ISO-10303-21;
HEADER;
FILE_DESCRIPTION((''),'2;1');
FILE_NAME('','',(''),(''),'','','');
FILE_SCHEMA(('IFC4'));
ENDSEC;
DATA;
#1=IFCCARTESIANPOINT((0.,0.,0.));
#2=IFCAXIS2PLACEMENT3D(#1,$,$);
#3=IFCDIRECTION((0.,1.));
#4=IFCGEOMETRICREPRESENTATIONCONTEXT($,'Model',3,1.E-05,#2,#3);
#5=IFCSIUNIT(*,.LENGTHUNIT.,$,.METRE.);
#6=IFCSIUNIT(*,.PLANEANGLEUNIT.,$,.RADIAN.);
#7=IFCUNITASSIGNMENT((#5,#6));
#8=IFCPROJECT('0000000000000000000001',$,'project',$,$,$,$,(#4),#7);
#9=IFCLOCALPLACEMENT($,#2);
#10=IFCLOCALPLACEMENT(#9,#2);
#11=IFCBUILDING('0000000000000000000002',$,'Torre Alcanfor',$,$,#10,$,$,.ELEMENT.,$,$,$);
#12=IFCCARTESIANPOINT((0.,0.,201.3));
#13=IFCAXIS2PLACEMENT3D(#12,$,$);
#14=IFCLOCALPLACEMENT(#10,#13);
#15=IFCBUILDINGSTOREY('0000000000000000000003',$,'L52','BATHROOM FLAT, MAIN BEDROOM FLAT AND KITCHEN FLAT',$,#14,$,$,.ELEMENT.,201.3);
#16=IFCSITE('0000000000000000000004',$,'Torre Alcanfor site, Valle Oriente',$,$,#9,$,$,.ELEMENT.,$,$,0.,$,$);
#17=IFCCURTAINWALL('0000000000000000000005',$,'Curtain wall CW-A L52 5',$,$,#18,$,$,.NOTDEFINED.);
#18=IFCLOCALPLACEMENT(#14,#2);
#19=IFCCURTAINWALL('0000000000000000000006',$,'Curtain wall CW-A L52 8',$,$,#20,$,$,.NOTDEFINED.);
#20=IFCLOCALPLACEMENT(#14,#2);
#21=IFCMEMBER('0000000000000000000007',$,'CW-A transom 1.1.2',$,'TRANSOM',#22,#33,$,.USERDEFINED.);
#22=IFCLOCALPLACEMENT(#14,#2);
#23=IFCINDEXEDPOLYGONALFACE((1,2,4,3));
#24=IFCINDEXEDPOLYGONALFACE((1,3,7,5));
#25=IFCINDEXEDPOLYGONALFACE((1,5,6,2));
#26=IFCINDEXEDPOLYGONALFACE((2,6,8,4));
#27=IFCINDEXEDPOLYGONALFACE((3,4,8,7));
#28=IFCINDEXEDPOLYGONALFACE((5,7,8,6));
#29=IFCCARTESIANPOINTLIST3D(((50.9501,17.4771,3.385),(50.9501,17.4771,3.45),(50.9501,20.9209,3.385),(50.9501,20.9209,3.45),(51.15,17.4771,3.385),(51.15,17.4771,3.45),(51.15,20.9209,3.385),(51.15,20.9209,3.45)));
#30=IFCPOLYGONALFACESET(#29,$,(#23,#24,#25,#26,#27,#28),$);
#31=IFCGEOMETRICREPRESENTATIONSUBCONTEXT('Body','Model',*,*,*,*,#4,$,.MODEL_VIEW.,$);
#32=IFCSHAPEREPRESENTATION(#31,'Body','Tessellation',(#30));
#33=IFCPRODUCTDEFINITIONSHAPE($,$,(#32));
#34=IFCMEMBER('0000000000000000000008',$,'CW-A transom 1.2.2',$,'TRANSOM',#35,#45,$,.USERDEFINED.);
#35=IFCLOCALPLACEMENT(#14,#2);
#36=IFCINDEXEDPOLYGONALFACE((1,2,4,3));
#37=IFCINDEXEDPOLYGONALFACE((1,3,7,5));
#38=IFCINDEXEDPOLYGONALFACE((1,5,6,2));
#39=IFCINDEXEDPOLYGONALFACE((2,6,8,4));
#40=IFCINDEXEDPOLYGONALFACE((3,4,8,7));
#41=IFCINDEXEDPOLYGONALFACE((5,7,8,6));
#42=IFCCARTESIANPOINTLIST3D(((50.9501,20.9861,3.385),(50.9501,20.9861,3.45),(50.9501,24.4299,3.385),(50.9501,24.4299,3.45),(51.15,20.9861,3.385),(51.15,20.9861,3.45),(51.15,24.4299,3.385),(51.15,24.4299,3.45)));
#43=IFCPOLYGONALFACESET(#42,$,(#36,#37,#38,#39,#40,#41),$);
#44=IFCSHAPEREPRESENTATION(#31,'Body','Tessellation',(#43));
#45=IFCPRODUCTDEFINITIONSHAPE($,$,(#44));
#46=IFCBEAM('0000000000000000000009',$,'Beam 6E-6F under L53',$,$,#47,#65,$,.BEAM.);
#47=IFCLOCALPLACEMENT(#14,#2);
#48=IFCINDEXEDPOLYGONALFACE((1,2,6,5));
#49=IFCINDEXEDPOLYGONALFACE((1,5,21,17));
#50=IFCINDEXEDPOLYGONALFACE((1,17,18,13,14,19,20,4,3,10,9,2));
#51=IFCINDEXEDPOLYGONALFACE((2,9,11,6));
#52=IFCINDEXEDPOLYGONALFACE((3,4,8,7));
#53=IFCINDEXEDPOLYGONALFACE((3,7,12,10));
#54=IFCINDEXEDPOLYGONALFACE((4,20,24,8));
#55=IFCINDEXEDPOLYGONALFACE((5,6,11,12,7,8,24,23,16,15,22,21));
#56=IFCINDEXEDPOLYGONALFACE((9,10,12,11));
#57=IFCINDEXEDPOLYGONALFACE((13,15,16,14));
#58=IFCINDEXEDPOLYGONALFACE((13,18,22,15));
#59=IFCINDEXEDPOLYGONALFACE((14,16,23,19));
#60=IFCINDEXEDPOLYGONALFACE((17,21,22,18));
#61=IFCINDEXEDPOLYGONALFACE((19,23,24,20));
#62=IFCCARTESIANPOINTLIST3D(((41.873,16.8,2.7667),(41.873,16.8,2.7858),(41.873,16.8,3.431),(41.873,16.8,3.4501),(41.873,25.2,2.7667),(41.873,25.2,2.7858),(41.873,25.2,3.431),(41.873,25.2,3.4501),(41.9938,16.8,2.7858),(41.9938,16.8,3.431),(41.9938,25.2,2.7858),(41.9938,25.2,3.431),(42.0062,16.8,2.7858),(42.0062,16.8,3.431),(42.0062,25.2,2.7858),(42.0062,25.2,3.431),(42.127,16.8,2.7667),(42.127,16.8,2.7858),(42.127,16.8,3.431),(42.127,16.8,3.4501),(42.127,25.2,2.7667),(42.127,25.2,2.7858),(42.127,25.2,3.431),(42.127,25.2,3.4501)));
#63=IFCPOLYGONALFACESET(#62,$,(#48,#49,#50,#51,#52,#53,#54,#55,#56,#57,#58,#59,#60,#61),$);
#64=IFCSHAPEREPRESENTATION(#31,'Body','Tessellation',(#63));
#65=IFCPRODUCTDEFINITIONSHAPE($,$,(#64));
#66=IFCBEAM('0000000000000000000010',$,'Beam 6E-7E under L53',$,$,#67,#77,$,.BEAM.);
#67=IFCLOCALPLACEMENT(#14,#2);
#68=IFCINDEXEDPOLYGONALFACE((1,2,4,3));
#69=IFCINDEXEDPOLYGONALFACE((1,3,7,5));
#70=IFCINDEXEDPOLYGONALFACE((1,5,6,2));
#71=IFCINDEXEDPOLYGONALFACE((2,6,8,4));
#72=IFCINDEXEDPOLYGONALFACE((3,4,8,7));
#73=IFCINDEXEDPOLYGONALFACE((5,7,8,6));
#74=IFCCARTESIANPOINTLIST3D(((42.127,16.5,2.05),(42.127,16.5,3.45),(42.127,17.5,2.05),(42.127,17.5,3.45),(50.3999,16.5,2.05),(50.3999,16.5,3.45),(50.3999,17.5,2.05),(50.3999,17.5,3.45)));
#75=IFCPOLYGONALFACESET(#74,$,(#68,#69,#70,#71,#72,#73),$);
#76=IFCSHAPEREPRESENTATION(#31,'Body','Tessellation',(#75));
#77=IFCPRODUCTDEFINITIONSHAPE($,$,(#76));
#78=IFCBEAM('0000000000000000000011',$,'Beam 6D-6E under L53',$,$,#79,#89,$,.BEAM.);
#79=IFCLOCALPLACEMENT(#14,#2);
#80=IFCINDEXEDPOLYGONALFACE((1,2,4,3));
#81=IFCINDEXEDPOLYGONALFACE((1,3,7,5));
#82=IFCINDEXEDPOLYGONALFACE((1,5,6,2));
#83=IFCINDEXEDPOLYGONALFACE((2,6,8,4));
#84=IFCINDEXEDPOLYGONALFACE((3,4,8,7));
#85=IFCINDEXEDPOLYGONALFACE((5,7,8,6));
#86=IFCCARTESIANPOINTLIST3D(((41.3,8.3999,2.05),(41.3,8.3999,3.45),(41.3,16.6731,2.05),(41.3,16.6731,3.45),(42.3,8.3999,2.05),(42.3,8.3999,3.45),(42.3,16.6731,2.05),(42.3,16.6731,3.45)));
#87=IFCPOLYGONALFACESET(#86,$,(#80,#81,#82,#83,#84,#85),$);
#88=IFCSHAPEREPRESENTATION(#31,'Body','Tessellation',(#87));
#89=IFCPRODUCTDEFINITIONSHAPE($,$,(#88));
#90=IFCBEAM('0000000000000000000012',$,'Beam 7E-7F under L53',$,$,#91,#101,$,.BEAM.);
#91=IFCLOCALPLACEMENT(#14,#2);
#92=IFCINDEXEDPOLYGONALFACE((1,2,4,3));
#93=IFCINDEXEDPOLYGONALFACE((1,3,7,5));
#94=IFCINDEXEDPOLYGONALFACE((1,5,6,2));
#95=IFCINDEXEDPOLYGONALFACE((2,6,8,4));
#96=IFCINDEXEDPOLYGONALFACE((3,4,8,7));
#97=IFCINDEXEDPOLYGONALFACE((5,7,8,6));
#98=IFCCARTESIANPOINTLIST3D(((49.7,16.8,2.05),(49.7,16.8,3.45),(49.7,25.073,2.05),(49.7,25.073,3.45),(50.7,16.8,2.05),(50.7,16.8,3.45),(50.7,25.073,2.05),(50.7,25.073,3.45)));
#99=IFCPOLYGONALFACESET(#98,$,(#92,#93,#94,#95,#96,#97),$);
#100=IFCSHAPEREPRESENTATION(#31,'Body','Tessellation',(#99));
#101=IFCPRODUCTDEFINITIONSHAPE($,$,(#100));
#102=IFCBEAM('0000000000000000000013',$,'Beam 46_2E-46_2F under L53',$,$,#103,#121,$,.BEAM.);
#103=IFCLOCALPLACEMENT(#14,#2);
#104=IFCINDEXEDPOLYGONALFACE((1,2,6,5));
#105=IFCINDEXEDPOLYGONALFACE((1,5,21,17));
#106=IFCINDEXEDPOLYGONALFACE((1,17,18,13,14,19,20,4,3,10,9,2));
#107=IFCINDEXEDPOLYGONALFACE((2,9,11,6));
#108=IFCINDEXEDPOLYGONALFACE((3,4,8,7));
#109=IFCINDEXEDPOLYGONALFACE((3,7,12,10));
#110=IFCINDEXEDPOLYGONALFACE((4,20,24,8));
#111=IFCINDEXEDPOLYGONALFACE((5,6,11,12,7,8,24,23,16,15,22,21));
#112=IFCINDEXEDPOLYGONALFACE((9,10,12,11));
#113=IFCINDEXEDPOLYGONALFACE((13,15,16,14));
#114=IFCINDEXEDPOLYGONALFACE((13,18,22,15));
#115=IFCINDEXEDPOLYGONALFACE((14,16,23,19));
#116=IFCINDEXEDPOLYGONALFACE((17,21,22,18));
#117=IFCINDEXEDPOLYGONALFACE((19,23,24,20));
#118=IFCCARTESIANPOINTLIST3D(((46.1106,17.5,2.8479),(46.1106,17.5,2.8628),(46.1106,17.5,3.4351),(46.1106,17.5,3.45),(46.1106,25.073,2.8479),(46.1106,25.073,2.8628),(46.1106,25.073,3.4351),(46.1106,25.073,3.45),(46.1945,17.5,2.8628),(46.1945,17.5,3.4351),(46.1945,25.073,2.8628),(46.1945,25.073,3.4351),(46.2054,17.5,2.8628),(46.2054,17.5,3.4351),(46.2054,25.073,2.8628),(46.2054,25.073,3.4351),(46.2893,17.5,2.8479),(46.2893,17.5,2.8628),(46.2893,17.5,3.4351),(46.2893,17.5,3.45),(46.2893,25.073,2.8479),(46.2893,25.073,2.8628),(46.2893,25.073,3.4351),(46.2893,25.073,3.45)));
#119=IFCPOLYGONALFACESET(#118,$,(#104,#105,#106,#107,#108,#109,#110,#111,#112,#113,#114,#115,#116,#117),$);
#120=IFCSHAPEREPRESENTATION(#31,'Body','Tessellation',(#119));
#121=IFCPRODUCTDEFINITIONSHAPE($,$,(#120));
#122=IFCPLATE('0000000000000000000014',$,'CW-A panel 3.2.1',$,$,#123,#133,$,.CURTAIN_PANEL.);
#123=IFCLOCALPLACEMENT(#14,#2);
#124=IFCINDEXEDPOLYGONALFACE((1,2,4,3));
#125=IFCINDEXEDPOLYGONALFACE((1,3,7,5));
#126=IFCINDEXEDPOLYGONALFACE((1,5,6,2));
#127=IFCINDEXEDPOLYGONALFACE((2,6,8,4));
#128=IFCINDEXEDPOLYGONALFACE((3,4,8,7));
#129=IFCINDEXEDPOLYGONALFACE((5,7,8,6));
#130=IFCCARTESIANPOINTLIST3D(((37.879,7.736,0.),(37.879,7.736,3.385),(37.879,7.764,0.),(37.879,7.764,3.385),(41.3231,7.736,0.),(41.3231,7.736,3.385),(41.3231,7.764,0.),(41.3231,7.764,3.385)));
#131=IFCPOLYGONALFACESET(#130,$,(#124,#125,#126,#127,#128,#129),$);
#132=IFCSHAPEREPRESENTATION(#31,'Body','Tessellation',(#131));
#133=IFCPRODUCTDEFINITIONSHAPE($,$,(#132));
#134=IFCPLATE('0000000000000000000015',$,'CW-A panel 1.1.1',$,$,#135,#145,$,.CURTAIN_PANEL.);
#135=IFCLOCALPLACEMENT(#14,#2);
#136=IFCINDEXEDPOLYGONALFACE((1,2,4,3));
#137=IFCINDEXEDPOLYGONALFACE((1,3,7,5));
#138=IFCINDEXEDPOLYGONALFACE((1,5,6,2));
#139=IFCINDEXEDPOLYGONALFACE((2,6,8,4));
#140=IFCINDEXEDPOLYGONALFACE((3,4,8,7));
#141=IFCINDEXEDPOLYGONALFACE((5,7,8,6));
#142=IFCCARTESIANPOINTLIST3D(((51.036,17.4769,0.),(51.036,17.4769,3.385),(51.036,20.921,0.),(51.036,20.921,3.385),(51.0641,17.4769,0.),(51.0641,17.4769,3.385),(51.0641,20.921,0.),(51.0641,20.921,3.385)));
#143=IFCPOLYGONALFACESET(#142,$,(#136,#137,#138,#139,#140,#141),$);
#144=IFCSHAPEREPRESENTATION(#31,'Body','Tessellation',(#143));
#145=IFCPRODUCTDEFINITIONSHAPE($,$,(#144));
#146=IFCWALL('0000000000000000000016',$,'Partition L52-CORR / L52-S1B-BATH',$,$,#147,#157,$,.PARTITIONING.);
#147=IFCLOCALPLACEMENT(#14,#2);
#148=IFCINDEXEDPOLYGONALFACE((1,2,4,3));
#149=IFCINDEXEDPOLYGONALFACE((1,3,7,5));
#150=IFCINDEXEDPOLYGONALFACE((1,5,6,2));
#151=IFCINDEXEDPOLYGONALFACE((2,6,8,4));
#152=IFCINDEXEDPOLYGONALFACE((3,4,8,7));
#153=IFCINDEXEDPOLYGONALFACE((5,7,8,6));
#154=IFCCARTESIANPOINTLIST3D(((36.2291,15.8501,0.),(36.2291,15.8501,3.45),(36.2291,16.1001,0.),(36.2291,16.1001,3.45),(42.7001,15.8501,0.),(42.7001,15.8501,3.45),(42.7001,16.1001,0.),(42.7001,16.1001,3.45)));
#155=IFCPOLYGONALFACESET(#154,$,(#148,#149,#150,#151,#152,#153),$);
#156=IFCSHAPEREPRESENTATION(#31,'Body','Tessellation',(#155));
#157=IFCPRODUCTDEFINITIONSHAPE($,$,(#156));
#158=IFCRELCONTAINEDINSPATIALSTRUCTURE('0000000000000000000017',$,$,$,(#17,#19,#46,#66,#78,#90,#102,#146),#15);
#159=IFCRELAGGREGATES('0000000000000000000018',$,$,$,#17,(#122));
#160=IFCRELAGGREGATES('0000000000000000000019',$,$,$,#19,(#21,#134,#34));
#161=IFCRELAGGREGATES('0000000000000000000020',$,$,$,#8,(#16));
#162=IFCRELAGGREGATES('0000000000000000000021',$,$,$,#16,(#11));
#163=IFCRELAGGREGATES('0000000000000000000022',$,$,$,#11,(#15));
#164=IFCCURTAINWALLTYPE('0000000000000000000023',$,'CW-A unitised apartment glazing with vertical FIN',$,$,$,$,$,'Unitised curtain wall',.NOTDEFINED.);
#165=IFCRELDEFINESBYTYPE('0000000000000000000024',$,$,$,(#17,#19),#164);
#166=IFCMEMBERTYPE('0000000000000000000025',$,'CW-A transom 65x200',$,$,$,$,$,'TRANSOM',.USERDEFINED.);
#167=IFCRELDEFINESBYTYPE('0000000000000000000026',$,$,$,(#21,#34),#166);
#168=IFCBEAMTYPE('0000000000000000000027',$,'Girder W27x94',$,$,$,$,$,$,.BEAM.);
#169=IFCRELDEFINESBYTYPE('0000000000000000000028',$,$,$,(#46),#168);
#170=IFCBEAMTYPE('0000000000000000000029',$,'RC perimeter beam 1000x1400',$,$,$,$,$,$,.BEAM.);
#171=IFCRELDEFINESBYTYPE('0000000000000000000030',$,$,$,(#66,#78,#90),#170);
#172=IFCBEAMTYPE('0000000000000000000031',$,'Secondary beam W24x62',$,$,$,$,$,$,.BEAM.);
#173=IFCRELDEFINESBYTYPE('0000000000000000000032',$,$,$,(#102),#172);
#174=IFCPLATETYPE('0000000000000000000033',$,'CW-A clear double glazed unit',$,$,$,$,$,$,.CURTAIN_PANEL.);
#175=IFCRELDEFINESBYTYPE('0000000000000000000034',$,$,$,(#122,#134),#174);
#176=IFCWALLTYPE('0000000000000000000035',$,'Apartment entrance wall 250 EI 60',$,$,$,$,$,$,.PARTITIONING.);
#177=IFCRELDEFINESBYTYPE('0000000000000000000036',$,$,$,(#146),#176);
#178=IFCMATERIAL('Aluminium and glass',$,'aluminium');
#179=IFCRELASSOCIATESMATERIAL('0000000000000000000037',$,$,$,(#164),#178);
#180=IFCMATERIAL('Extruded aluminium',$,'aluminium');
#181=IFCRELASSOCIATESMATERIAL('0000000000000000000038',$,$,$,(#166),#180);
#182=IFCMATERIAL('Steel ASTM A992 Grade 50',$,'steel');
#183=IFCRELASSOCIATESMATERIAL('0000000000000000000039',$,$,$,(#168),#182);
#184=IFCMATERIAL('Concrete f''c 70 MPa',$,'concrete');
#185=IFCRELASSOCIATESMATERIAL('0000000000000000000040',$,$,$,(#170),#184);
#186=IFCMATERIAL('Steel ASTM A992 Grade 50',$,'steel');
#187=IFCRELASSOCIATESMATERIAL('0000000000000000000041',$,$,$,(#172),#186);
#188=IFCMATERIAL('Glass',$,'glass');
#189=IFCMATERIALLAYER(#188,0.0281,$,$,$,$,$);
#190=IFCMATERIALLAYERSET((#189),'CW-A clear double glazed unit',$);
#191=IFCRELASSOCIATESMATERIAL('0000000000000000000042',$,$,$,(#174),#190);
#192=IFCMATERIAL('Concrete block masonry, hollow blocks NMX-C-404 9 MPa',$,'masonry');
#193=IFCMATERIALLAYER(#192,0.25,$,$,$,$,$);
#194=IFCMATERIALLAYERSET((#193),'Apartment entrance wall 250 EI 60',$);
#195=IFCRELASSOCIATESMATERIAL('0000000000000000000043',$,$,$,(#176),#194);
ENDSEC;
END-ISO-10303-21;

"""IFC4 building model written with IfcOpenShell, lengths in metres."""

from ifc_helpers import new_model, si_unit, direction, frame, frame_2d, origin, origin_2d, place, context, subcontext, project, spatial, rectangle, i_section, extrude, material, layer, layer_set, material_profile, profile_set, type_object, element, aggregate, save


model = new_model("IFC4")

# Units and contexts
model_context = context("Model", 3, precision=1e-05, world=origin(), true_north=direction((0.0, 1.0)))
body_context = subcontext(model_context, "Body", "Model", "MODEL_VIEW")
ifc_project = project(units=[si_unit("LENGTHUNIT", "METRE"), si_unit("PLANEANGLEUNIT", "RADIAN")], contexts=[model_context])

# Site, building, storey
site_placement = place(None, origin())
site = spatial("IfcSite", under=ifc_project, at=site_placement, Name="Torre Alcanfor site, Valle Oriente", CompositionType="ELEMENT", RefElevation=0.0)
building_placement = place(site_placement, origin())
building = spatial("IfcBuilding", under=site, at=building_placement, Name="Torre Alcanfor", CompositionType="ELEMENT")
storey_placement = place(building_placement, frame((0.0, 0.0, 201.3)))
storey = spatial("IfcBuildingStorey", under=building, at=storey_placement, Name="L52", Description="BATHROOM FLAT, MAIN BEDROOM FLAT AND KITCHEN FLAT", CompositionType="ELEMENT", Elevation=201.3)

# Curtain walls
ifc_material_1 = material(Name="Aluminium and glass", Category="aluminium")
curtain_wall_type = type_object("IfcCurtainWallType", Name="CW-A unitised apartment glazing with vertical FIN", ElementType="Unitised curtain wall", PredefinedType="NOTDEFINED", material=ifc_material_1)
curtain_wall_1_placement = place(storey_placement, origin())
curtain_wall_1 = element("IfcCurtainWall", 1, at=curtain_wall_1_placement, inside=storey, type_object=curtain_wall_type, Name="Curtain wall CW-A L52 5", PredefinedType="NOTDEFINED")
curtain_wall_2_placement = place(storey_placement, origin())
curtain_wall_2 = element("IfcCurtainWall", 2, at=curtain_wall_2_placement, inside=storey, type_object=curtain_wall_type, Name="Curtain wall CW-A L52 8", PredefinedType="NOTDEFINED")

# Members
ifc_material_2 = material(Name="Extruded aluminium", Category="aluminium")
ifc_material_profile_1 = material_profile(ifc_material_2, rectangle(XDim=0.2, YDim=0.0649, at=origin_2d()), Name="CW-A transom 200x65")
ifc_profile_set_1 = profile_set([ifc_material_profile_1], Name="Extruded aluminium")
member_type_1 = type_object("IfcMemberType", Name="CW-A transom 65x200", ElementType="TRANSOM", PredefinedType="USERDEFINED", material=ifc_profile_set_1)
member_1_placement = place(storey_placement, frame((51.05, 17.4771, 3.4175), z_axis=(0.0, 1.0, 0.0), x_axis=(-1.0, 0.0, 0.0)))
member_1 = element("IfcMember", 3, at=member_1_placement, type_object=member_type_1, Name="CW-A transom 1.1.2", ObjectType="TRANSOM", PredefinedType="USERDEFINED", context=body_context, shape_type="SweptSolid", body=[
    extrude(rectangle(XDim=0.2, YDim=0.0649, at=origin_2d()), origin(), (0.0, 0.0, 1.0), 3.4438),
])
member_2_placement = place(storey_placement, frame((51.05, 20.9861, 3.4175), z_axis=(0.0, 1.0, 0.0), x_axis=(-1.0, 0.0, 0.0)))
member_2 = element("IfcMember", 4, at=member_2_placement, type_object=member_type_1, Name="CW-A transom 1.2.2", ObjectType="TRANSOM", PredefinedType="USERDEFINED", context=body_context, shape_type="SweptSolid", body=[
    extrude(rectangle(XDim=0.2, YDim=0.0649, at=origin_2d()), origin(), (0.0, 0.0, 1.0), 3.4438),
])

# Beams
ifc_material_3 = material(Name="Steel ASTM A992 Grade 50", Category="steel")
ifc_material_profile_2 = material_profile(ifc_material_3, i_section(OverallWidth=0.2539, OverallDepth=0.6833, WebThickness=0.0125, FlangeThickness=0.019, at=origin_2d()), Name="W27x94")
ifc_profile_set_2 = profile_set([ifc_material_profile_2], Name="Steel ASTM A992 Grade 50")
beam_type_1 = type_object("IfcBeamType", Name="Girder W27x94", PredefinedType="BEAM", material=ifc_profile_set_2)
beam_1_placement = place(storey_placement, frame((42.0, 16.8, 3.1084), z_axis=(0.0, 1.0, 0.0), x_axis=(-1.0, 0.0, 0.0)))
element("IfcBeam", 5, at=beam_1_placement, inside=storey, type_object=beam_type_1, Name="Beam 6E-6F under L53", PredefinedType="BEAM", context=body_context, shape_type="SweptSolid", body=[
    extrude(i_section(OverallWidth=0.2539, OverallDepth=0.6833, WebThickness=0.0125, FlangeThickness=0.019, at=origin_2d()), origin(), (0.0, 0.0, 1.0), 8.3999),
])
ifc_material_4 = material(Name="Concrete f'c 70 MPa", Category="concrete")
ifc_material_profile_3 = material_profile(ifc_material_4, rectangle(XDim=1.0, YDim=1.3999, at=origin_2d()), Name="1000x1400")
ifc_profile_set_3 = profile_set([ifc_material_profile_3], Name="Concrete f'c 70 MPa")
beam_type_2 = type_object("IfcBeamType", Name="RC perimeter beam 1000x1400", PredefinedType="BEAM", material=ifc_profile_set_3)
beam_2_placement = place(storey_placement, frame((42.127, 17.0, 2.75), z_axis=(1.0, 0.0, 0.0), x_axis=(0.0, 1.0, 0.0)))
element("IfcBeam", 6, at=beam_2_placement, inside=storey, type_object=beam_type_2, Name="Beam 6E-7E under L53", PredefinedType="BEAM", context=body_context, shape_type="SweptSolid", body=[
    extrude(rectangle(XDim=1.0, YDim=1.3999, at=origin_2d()), origin(), (0.0, 0.0, 1.0), 8.2729),
])
beam_3_placement = place(storey_placement, frame((41.8, 8.3999, 2.75), z_axis=(0.0, 1.0, 0.0), x_axis=(-1.0, 0.0, 0.0)))
element("IfcBeam", 7, at=beam_3_placement, inside=storey, type_object=beam_type_2, Name="Beam 6D-6E under L53", PredefinedType="BEAM", context=body_context, shape_type="SweptSolid", body=[
    extrude(rectangle(XDim=1.0, YDim=1.3999, at=origin_2d()), origin(), (0.0, 0.0, 1.0), 8.2732),
])
beam_4_placement = place(storey_placement, frame((50.2, 16.8, 2.75), z_axis=(0.0, 1.0, 0.0), x_axis=(-1.0, 0.0, 0.0)))
element("IfcBeam", 8, at=beam_4_placement, inside=storey, type_object=beam_type_2, Name="Beam 7E-7F under L53", PredefinedType="BEAM", context=body_context, shape_type="SweptSolid", body=[
    extrude(rectangle(XDim=1.0, YDim=1.3999, at=origin_2d()), origin(), (0.0, 0.0, 1.0), 8.2729),
])
ifc_material_5 = material(Name="Steel ASTM A992 Grade 50", Category="steel")
ifc_material_profile_4 = material_profile(ifc_material_5, i_section(OverallWidth=0.1787, OverallDepth=0.6021, WebThickness=0.011, FlangeThickness=0.0149, at=origin_2d()), Name="W24x62")
ifc_profile_set_4 = profile_set([ifc_material_profile_4], Name="Steel ASTM A992 Grade 50")
beam_type_3 = type_object("IfcBeamType", Name="Secondary beam W24x62", PredefinedType="BEAM", material=ifc_profile_set_4)
beam_5_placement = place(storey_placement, frame((46.2, 17.5, 3.1489), z_axis=(0.0, 1.0, 0.0), x_axis=(-1.0, 0.0, 0.0)))
element("IfcBeam", 9, at=beam_5_placement, inside=storey, type_object=beam_type_3, Name="Beam 46_2E-46_2F under L53", PredefinedType="BEAM", context=body_context, shape_type="SweptSolid", body=[
    extrude(i_section(OverallWidth=0.1787, OverallDepth=0.6021, WebThickness=0.011, FlangeThickness=0.0149, at=origin_2d()), origin(), (0.0, 0.0, 1.0), 7.573),
])

# Plates
ifc_material_6 = material(Name="Glass", Category="glass")
ifc_layer_1 = layer(ifc_material_6, 0.0281)
ifc_layer_set_1 = layer_set([ifc_layer_1], Name="CW-A clear double glazed unit")
plate_type = type_object("IfcPlateType", Name="CW-A clear double glazed unit", PredefinedType="CURTAIN_PANEL", material=ifc_layer_set_1)
plate_1_placement = place(storey_placement, frame((39.6011, 7.75, 0.0), z_axis=(0.0, 0.0, 1.0), x_axis=(1.0, 0.0, 0.0)))
plate_1 = element("IfcPlate", 10, at=plate_1_placement, type_object=plate_type, Name="CW-A panel 3.2.1", PredefinedType="CURTAIN_PANEL", context=body_context, shape_type="SweptSolid", body=[
    extrude(rectangle(XDim=3.4441, YDim=0.0281, at=origin_2d()), origin(), (0.0, 0.0, 1.0), 3.385),
])
aggregate(curtain_wall_1, [plate_1])
plate_2_placement = place(storey_placement, frame((51.05, 19.199, 0.0), z_axis=(0.0, 0.0, 1.0), x_axis=(0.0, 1.0, 0.0)))
plate_2 = element("IfcPlate", 11, at=plate_2_placement, type_object=plate_type, Name="CW-A panel 1.1.1", PredefinedType="CURTAIN_PANEL", context=body_context, shape_type="SweptSolid", body=[
    extrude(rectangle(XDim=3.4441, YDim=0.0281, at=origin_2d()), origin(), (0.0, 0.0, 1.0), 3.385),
])
aggregate(curtain_wall_2, [member_1, plate_2, member_2])

# Wall
ifc_material_7 = material(Name="Concrete block masonry, hollow blocks NMX-C-404 9 MPa", Category="masonry")
ifc_layer_2 = layer(ifc_material_7, 0.25)
ifc_layer_set_2 = layer_set([ifc_layer_2], Name="Apartment entrance wall 250 EI 60")
wall_type_1 = type_object("IfcWallType", Name="Apartment entrance wall 250 EI 60", PredefinedType="PARTITIONING", material=ifc_layer_set_2)
wall_1_placement = place(storey_placement, frame((42.7, 15.9751, 0.0), z_axis=(0.0, 0.0, 1.0), x_axis=(-1.0, 0.0, 0.0)))
element("IfcWall", 12, at=wall_1_placement, inside=storey, type_object=wall_type_1, Name="Partition L52-CORR / L52-S1B-BATH", PredefinedType="PARTITIONING", context=body_context, shape_type="SweptSolid", body=[
    extrude(rectangle(XDim=6.4709, YDim=0.25, at=frame_2d((3.2354, 0.0))), origin(), (0.0, 0.0, 1.0), 3.45),
])

save(model, "model.ifc")
